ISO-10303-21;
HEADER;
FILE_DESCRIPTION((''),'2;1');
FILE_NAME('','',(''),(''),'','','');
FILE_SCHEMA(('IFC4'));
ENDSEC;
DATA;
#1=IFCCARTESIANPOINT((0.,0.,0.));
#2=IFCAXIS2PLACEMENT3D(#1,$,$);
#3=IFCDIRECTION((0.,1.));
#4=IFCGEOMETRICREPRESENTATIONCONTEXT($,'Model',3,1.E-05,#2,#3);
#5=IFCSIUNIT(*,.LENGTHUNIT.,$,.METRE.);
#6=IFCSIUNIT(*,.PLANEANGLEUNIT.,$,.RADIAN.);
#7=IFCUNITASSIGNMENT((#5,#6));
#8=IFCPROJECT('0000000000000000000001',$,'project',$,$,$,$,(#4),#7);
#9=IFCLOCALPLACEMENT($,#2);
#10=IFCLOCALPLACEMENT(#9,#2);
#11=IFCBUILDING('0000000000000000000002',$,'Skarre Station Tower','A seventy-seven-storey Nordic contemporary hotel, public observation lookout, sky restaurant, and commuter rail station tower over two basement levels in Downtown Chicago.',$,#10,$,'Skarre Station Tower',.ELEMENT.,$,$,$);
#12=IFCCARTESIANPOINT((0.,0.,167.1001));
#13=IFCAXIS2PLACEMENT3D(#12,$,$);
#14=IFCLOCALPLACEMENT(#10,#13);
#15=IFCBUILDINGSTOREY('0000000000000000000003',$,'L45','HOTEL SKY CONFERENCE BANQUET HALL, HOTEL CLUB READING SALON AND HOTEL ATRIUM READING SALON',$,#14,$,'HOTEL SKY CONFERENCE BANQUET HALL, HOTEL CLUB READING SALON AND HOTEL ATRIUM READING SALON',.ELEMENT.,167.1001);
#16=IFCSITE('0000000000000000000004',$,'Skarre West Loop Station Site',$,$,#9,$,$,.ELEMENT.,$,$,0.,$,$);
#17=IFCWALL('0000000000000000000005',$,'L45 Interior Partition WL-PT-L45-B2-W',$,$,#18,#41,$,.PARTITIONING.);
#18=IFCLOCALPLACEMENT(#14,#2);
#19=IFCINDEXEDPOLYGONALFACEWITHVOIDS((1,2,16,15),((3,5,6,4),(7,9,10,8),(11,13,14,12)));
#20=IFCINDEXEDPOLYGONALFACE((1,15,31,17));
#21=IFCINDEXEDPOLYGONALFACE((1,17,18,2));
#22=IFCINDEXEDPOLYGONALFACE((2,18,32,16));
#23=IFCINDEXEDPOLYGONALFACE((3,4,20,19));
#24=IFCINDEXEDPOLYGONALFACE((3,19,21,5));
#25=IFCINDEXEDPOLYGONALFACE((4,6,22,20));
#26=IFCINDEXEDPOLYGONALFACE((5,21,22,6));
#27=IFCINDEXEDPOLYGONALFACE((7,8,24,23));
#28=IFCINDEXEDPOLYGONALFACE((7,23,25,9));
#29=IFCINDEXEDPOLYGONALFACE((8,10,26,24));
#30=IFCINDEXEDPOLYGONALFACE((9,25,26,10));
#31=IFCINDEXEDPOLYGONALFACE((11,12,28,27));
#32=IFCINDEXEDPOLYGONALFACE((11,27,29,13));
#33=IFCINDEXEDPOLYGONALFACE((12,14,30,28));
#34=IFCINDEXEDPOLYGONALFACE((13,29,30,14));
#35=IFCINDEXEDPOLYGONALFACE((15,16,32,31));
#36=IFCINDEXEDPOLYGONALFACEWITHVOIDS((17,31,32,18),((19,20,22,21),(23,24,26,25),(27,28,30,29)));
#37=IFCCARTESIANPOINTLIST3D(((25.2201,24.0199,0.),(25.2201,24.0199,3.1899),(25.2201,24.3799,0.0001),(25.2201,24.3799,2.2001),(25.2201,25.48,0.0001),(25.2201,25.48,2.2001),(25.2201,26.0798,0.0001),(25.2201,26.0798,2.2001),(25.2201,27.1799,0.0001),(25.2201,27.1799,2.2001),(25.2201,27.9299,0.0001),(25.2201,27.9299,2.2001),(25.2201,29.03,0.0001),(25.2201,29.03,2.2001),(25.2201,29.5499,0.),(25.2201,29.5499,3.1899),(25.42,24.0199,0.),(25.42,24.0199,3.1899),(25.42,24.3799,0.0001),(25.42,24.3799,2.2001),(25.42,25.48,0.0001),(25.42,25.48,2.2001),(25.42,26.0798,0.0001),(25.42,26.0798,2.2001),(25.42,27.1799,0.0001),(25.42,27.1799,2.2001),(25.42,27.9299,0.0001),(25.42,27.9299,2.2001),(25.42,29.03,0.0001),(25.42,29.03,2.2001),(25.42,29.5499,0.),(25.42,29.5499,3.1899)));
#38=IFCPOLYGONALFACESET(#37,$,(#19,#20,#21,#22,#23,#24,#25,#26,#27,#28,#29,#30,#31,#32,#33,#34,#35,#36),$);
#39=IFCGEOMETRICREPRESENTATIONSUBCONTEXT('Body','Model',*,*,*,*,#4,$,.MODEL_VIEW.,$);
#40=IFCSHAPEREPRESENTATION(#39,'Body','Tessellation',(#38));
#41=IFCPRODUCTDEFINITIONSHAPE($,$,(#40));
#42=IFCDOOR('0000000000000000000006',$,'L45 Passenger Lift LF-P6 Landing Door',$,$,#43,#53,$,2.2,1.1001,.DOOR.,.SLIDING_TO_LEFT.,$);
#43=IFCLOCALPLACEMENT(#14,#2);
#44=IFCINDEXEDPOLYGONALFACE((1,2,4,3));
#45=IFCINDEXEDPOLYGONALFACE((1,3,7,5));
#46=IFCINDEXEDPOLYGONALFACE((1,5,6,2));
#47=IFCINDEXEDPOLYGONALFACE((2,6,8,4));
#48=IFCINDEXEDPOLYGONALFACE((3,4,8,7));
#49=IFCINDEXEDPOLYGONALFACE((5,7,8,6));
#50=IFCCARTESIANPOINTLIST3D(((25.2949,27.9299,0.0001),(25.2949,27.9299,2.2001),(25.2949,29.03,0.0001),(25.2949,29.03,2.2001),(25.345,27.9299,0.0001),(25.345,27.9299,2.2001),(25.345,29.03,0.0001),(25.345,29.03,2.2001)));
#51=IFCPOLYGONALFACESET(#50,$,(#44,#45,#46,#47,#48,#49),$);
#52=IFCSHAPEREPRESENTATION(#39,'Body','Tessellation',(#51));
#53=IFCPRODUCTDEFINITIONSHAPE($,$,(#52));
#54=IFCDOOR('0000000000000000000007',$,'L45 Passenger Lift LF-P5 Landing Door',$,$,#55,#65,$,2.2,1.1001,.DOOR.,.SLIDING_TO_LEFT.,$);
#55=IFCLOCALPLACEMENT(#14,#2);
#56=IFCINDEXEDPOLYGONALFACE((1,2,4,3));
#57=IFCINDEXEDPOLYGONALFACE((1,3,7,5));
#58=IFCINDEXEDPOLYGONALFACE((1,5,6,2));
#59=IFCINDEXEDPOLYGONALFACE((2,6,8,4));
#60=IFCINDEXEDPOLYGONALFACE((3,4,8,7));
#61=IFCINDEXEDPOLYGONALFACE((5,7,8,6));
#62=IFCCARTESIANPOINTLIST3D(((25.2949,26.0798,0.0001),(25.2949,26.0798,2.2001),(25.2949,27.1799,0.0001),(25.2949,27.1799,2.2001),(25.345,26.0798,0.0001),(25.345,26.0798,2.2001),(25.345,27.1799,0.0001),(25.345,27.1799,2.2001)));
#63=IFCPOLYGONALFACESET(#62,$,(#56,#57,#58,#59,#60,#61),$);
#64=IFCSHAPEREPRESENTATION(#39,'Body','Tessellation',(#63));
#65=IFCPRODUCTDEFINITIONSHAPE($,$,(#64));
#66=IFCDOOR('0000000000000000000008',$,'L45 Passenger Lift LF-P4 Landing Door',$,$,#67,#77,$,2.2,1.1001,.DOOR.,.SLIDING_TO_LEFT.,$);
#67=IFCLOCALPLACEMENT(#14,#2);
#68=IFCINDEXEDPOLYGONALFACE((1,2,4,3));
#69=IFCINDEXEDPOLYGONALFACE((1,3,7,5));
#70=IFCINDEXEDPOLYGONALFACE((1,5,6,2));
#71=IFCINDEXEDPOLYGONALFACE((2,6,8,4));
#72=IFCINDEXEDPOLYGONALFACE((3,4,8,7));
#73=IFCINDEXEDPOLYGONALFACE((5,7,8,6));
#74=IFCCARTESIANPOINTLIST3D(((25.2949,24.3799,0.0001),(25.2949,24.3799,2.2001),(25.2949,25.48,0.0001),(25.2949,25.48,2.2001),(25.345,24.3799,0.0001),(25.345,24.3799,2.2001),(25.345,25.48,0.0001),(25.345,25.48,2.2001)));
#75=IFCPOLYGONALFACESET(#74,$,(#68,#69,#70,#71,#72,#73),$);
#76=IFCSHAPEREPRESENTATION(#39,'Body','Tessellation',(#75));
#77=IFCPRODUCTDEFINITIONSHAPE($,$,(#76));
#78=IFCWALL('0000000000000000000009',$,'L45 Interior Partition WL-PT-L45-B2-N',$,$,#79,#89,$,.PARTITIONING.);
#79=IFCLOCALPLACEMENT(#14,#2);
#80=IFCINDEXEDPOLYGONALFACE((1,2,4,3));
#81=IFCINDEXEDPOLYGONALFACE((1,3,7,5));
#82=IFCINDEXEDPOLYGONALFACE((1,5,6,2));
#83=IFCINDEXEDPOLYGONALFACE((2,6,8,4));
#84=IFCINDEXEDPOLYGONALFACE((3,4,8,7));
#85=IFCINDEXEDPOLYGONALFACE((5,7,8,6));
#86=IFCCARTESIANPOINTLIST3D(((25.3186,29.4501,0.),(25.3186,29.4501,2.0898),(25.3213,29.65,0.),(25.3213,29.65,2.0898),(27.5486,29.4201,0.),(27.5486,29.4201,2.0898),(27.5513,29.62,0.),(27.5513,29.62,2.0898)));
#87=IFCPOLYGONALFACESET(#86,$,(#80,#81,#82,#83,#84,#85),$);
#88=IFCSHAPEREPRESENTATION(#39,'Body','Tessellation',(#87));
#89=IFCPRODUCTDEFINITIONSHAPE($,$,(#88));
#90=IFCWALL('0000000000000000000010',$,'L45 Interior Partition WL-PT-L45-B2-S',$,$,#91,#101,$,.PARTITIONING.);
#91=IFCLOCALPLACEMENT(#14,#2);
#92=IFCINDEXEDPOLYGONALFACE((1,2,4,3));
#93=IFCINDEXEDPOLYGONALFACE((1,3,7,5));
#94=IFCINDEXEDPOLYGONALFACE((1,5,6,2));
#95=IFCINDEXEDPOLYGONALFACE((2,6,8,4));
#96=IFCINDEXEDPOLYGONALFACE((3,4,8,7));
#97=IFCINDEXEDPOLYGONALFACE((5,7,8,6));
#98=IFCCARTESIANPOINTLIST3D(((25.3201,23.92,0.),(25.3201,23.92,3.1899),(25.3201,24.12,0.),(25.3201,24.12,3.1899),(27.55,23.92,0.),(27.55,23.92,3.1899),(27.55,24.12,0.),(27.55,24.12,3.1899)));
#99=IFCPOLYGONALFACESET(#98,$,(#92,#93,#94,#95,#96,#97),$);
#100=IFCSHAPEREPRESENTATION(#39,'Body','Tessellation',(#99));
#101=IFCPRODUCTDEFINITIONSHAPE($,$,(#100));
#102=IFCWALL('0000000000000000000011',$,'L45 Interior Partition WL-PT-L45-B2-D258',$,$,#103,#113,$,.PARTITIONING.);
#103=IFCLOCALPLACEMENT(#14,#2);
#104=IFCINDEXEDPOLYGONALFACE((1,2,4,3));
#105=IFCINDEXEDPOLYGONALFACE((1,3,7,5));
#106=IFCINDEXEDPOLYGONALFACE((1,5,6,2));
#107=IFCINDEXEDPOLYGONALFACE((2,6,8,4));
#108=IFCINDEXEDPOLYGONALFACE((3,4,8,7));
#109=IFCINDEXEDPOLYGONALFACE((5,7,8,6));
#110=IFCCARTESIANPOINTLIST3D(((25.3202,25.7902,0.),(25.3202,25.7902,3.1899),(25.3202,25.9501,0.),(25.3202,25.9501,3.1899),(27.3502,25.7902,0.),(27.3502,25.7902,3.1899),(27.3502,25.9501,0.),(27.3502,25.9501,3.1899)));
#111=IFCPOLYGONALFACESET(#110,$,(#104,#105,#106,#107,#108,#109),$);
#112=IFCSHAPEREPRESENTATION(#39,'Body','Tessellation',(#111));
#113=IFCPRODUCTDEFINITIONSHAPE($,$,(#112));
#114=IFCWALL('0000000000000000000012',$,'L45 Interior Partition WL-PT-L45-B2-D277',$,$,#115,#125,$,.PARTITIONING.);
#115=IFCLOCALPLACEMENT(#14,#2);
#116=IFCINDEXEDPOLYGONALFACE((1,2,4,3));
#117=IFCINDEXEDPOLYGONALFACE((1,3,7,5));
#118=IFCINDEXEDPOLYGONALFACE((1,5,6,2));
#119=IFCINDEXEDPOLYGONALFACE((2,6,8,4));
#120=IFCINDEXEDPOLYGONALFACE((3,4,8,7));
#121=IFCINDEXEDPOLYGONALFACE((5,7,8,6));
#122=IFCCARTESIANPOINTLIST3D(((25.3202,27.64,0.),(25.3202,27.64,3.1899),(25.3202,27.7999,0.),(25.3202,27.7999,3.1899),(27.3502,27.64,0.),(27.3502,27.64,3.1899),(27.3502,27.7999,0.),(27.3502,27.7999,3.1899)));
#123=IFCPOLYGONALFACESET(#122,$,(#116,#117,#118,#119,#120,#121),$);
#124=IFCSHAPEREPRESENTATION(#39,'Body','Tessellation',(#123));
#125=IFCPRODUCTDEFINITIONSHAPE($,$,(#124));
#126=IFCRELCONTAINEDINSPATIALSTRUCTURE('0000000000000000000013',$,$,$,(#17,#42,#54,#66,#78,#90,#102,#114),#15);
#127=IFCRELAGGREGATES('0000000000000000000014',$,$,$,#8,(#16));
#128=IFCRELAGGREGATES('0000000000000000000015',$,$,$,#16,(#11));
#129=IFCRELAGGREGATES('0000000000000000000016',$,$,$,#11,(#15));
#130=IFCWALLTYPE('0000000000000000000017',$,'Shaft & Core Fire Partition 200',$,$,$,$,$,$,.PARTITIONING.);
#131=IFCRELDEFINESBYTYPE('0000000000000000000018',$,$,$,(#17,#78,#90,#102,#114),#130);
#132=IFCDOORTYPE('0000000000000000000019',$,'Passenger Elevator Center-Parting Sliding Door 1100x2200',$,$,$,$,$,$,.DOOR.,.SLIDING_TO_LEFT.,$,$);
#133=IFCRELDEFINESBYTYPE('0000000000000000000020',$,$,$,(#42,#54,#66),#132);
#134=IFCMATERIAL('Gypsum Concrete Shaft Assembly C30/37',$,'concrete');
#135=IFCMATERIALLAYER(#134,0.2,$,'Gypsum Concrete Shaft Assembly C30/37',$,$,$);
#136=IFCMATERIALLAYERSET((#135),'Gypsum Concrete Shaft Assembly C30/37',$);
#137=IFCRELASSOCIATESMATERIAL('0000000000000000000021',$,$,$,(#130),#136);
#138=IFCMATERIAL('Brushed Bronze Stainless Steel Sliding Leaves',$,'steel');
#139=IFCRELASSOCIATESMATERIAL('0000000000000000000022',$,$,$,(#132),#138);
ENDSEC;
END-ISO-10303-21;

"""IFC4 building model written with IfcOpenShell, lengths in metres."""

from ifc_helpers import new_model, si_unit, direction, frame, frame_2d, origin, place, context, subcontext, project, spatial, rectangle, extrude, material, layer, layer_set, type_object, element, fill, save


model = new_model("IFC4")

# Units and contexts
model_context = context("Model", 3, precision=1e-05, world=origin(), true_north=direction((0.0, 1.0)))
body_context = subcontext(model_context, "Body", "Model", "MODEL_VIEW")
ifc_project = project(units=[si_unit("LENGTHUNIT", "METRE"), si_unit("PLANEANGLEUNIT", "RADIAN")], contexts=[model_context])

# Site, building, storey
site_placement = place(None, origin())
site = spatial("IfcSite", under=ifc_project, at=site_placement, Name="Skarre West Loop Station Site", CompositionType="ELEMENT", RefElevation=0.0)
building_placement = place(site_placement, origin())
building = spatial("IfcBuilding", under=site, at=building_placement, Name="Skarre Station Tower", Description="A seventy-seven-storey Nordic contemporary hotel, public observation lookout, sky restaurant, and commuter rail station tower over two basement levels in Downtown Chicago.", LongName="Skarre Station Tower", CompositionType="ELEMENT")
storey_placement = place(building_placement, frame((0.0, 0.0, 167.1001)))
storey = spatial("IfcBuildingStorey", under=building, at=storey_placement, Name="L45", Description="HOTEL SKY CONFERENCE BANQUET HALL, HOTEL CLUB READING SALON AND HOTEL ATRIUM READING SALON", LongName="HOTEL SKY CONFERENCE BANQUET HALL, HOTEL CLUB READING SALON AND HOTEL ATRIUM READING SALON", CompositionType="ELEMENT", Elevation=167.1001)

# Shared definitions
ifc_material_1 = material(Name="Gypsum Concrete Shaft Assembly C30/37", Category="concrete")
ifc_layer_1 = layer(ifc_material_1, 0.2, Name="Gypsum Concrete Shaft Assembly C30/37")
ifc_layer_set_1 = layer_set([ifc_layer_1], Name="Gypsum Concrete Shaft Assembly C30/37")
wall_type_1 = type_object("IfcWallType", Name="Shaft & Core Fire Partition 200", PredefinedType="PARTITIONING", material=ifc_layer_set_1)

# Wall, openings, doors
wall_1_placement = place(storey_placement, frame((25.3201, 29.55, 0.0), z_axis=(0.0, 0.0, 1.0), x_axis=(0.0, -1.0, 0.0)))
wall_1 = element("IfcWall", 1, at=wall_1_placement, inside=storey, type_object=wall_type_1, Name="L45 Interior Partition WL-PT-L45-B2-W", PredefinedType="PARTITIONING", context=body_context, shape_type="SweptSolid", body=[
    extrude(rectangle(XDim=5.53, YDim=0.2, at=frame_2d((2.7651, 0.0))), origin(), (0.0, 0.0, 1.0), 3.1899),
])
opening_1_placement = place(wall_1_placement, frame((0.52, 0.0, 0.0)))
opening_1 = element("IfcOpeningElement", 2, at=opening_1_placement, cuts=wall_1, PredefinedType="OPENING", context=body_context, shape_type="SweptSolid", body=[
    extrude(rectangle(XDim=1.1001, YDim=2.2, at=frame_2d((0.55, 1.1001))), frame((0.0, 0.1099, 0.0), z_axis=(0.0, -1.0, 0.0), x_axis=(1.0, 0.0, 0.0)), (0.0, 0.0, 1.0), 0.22),
])
opening_2_placement = place(wall_1_placement, frame((2.3701, 0.0, 0.0)))
opening_2 = element("IfcOpeningElement", 3, at=opening_2_placement, cuts=wall_1, PredefinedType="OPENING", context=body_context, shape_type="SweptSolid", body=[
    extrude(rectangle(XDim=1.1001, YDim=2.2, at=frame_2d((0.55, 1.1001))), frame((0.0, 0.1099, 0.0), z_axis=(0.0, -1.0, 0.0), x_axis=(1.0, 0.0, 0.0)), (0.0, 0.0, 1.0), 0.22),
])
opening_3_placement = place(wall_1_placement, frame((4.0701, 0.0, 0.0)))
opening_3 = element("IfcOpeningElement", 4, at=opening_3_placement, cuts=wall_1, PredefinedType="OPENING", context=body_context, shape_type="SweptSolid", body=[
    extrude(rectangle(XDim=1.1001, YDim=2.2, at=frame_2d((0.55, 1.1001))), frame((0.0, 0.1099, 0.0), z_axis=(0.0, -1.0, 0.0), x_axis=(1.0, 0.0, 0.0)), (0.0, 0.0, 1.0), 0.22),
])
ifc_material_2 = material(Name="Brushed Bronze Stainless Steel Sliding Leaves", Category="steel")
door_type_1 = type_object("IfcDoorType", Name="Passenger Elevator Center-Parting Sliding Door 1100x2200", OperationType="SLIDING_TO_LEFT", PredefinedType="DOOR", material=ifc_material_2)
door_1_placement = place(opening_1_placement, origin())
door_1 = element("IfcDoor", 5, at=door_1_placement, inside=storey, type_object=door_type_1, Name="L45 Passenger Lift LF-P6 Landing Door", OperationType="SLIDING_TO_LEFT", OverallHeight=2.2, OverallWidth=1.1001, PredefinedType="DOOR", context=body_context, shape_type="SweptSolid", body=[
    extrude(rectangle(XDim=1.1001, YDim=2.2, at=frame_2d((0.55, 1.1001))), frame((0.0, 0.0249, 0.0), z_axis=(0.0, -1.0, 0.0), x_axis=(1.0, 0.0, 0.0)), (0.0, 0.0, 1.0), 0.05),
])
fill(opening_1, door_1)
door_2_placement = place(opening_2_placement, origin())
door_2 = element("IfcDoor", 6, at=door_2_placement, inside=storey, type_object=door_type_1, Name="L45 Passenger Lift LF-P5 Landing Door", OperationType="SLIDING_TO_LEFT", OverallHeight=2.2, OverallWidth=1.1001, PredefinedType="DOOR", context=body_context, shape_type="SweptSolid", body=[
    extrude(rectangle(XDim=1.1001, YDim=2.2, at=frame_2d((0.55, 1.1001))), frame((0.0, 0.0249, 0.0), z_axis=(0.0, -1.0, 0.0), x_axis=(1.0, 0.0, 0.0)), (0.0, 0.0, 1.0), 0.05),
])
fill(opening_2, door_2)
door_3_placement = place(opening_3_placement, origin())
door_3 = element("IfcDoor", 7, at=door_3_placement, inside=storey, type_object=door_type_1, Name="L45 Passenger Lift LF-P4 Landing Door", OperationType="SLIDING_TO_LEFT", OverallHeight=2.2, OverallWidth=1.1001, PredefinedType="DOOR", context=body_context, shape_type="SweptSolid", body=[
    extrude(rectangle(XDim=1.1001, YDim=2.2, at=frame_2d((0.55, 1.1001))), frame((0.0, 0.0249, 0.0), z_axis=(0.0, -1.0, 0.0), x_axis=(1.0, 0.0, 0.0)), (0.0, 0.0, 1.0), 0.05),
])
fill(opening_3, door_3)

# Walls
wall_2_placement = place(storey_placement, frame((27.55, 29.52, 0.0), z_axis=(0.0, 0.0, 1.0), x_axis=(-0.999909, 0.013465, 0.0)))
element("IfcWall", 8, at=wall_2_placement, inside=storey, type_object=wall_type_1, Name="L45 Interior Partition WL-PT-L45-B2-N", PredefinedType="PARTITIONING", context=body_context, shape_type="SweptSolid", body=[
    extrude(rectangle(XDim=2.2302, YDim=0.2, at=frame_2d((1.1152, 0.0))), origin(), (0.0, 0.0, 1.0), 2.0898),
])
wall_3_placement = place(storey_placement, frame((25.3201, 24.02, 0.0), z_axis=(0.0, 0.0, 1.0), x_axis=(1.0, 0.0, 0.0)))
element("IfcWall", 9, at=wall_3_placement, inside=storey, type_object=wall_type_1, Name="L45 Interior Partition WL-PT-L45-B2-S", PredefinedType="PARTITIONING", context=body_context, shape_type="SweptSolid", body=[
    extrude(rectangle(XDim=2.23, YDim=0.2, at=frame_2d((1.115, 0.0))), origin(), (0.0, 0.0, 1.0), 3.1899),
])
for number, where, z_axis, x_axis, name in (
    (10, (25.3201, 25.8701, 0.0), (0.0, 0.0, 1.0), (1.0, 0.0, 0.0), "L45 Interior Partition WL-PT-L45-B2-D258"),
    (11, (25.3201, 27.72, 0.0), (0.0, 0.0, 1.0), (1.0, 0.0, 0.0), "L45 Interior Partition WL-PT-L45-B2-D277"),
):
    element("IfcWall", number, at=place(storey_placement, frame(where, z_axis=z_axis, x_axis=x_axis)), inside=storey, type_object=wall_type_1, Name=name, PredefinedType="PARTITIONING", context=body_context, shape_type="SweptSolid", body=[
        extrude(rectangle(XDim=2.03, YDim=0.1599, at=frame_2d((1.0151, 0.0))), origin(), (0.0, 0.0, 1.0), 3.1899),
    ])

save(model, "model.ifc")
